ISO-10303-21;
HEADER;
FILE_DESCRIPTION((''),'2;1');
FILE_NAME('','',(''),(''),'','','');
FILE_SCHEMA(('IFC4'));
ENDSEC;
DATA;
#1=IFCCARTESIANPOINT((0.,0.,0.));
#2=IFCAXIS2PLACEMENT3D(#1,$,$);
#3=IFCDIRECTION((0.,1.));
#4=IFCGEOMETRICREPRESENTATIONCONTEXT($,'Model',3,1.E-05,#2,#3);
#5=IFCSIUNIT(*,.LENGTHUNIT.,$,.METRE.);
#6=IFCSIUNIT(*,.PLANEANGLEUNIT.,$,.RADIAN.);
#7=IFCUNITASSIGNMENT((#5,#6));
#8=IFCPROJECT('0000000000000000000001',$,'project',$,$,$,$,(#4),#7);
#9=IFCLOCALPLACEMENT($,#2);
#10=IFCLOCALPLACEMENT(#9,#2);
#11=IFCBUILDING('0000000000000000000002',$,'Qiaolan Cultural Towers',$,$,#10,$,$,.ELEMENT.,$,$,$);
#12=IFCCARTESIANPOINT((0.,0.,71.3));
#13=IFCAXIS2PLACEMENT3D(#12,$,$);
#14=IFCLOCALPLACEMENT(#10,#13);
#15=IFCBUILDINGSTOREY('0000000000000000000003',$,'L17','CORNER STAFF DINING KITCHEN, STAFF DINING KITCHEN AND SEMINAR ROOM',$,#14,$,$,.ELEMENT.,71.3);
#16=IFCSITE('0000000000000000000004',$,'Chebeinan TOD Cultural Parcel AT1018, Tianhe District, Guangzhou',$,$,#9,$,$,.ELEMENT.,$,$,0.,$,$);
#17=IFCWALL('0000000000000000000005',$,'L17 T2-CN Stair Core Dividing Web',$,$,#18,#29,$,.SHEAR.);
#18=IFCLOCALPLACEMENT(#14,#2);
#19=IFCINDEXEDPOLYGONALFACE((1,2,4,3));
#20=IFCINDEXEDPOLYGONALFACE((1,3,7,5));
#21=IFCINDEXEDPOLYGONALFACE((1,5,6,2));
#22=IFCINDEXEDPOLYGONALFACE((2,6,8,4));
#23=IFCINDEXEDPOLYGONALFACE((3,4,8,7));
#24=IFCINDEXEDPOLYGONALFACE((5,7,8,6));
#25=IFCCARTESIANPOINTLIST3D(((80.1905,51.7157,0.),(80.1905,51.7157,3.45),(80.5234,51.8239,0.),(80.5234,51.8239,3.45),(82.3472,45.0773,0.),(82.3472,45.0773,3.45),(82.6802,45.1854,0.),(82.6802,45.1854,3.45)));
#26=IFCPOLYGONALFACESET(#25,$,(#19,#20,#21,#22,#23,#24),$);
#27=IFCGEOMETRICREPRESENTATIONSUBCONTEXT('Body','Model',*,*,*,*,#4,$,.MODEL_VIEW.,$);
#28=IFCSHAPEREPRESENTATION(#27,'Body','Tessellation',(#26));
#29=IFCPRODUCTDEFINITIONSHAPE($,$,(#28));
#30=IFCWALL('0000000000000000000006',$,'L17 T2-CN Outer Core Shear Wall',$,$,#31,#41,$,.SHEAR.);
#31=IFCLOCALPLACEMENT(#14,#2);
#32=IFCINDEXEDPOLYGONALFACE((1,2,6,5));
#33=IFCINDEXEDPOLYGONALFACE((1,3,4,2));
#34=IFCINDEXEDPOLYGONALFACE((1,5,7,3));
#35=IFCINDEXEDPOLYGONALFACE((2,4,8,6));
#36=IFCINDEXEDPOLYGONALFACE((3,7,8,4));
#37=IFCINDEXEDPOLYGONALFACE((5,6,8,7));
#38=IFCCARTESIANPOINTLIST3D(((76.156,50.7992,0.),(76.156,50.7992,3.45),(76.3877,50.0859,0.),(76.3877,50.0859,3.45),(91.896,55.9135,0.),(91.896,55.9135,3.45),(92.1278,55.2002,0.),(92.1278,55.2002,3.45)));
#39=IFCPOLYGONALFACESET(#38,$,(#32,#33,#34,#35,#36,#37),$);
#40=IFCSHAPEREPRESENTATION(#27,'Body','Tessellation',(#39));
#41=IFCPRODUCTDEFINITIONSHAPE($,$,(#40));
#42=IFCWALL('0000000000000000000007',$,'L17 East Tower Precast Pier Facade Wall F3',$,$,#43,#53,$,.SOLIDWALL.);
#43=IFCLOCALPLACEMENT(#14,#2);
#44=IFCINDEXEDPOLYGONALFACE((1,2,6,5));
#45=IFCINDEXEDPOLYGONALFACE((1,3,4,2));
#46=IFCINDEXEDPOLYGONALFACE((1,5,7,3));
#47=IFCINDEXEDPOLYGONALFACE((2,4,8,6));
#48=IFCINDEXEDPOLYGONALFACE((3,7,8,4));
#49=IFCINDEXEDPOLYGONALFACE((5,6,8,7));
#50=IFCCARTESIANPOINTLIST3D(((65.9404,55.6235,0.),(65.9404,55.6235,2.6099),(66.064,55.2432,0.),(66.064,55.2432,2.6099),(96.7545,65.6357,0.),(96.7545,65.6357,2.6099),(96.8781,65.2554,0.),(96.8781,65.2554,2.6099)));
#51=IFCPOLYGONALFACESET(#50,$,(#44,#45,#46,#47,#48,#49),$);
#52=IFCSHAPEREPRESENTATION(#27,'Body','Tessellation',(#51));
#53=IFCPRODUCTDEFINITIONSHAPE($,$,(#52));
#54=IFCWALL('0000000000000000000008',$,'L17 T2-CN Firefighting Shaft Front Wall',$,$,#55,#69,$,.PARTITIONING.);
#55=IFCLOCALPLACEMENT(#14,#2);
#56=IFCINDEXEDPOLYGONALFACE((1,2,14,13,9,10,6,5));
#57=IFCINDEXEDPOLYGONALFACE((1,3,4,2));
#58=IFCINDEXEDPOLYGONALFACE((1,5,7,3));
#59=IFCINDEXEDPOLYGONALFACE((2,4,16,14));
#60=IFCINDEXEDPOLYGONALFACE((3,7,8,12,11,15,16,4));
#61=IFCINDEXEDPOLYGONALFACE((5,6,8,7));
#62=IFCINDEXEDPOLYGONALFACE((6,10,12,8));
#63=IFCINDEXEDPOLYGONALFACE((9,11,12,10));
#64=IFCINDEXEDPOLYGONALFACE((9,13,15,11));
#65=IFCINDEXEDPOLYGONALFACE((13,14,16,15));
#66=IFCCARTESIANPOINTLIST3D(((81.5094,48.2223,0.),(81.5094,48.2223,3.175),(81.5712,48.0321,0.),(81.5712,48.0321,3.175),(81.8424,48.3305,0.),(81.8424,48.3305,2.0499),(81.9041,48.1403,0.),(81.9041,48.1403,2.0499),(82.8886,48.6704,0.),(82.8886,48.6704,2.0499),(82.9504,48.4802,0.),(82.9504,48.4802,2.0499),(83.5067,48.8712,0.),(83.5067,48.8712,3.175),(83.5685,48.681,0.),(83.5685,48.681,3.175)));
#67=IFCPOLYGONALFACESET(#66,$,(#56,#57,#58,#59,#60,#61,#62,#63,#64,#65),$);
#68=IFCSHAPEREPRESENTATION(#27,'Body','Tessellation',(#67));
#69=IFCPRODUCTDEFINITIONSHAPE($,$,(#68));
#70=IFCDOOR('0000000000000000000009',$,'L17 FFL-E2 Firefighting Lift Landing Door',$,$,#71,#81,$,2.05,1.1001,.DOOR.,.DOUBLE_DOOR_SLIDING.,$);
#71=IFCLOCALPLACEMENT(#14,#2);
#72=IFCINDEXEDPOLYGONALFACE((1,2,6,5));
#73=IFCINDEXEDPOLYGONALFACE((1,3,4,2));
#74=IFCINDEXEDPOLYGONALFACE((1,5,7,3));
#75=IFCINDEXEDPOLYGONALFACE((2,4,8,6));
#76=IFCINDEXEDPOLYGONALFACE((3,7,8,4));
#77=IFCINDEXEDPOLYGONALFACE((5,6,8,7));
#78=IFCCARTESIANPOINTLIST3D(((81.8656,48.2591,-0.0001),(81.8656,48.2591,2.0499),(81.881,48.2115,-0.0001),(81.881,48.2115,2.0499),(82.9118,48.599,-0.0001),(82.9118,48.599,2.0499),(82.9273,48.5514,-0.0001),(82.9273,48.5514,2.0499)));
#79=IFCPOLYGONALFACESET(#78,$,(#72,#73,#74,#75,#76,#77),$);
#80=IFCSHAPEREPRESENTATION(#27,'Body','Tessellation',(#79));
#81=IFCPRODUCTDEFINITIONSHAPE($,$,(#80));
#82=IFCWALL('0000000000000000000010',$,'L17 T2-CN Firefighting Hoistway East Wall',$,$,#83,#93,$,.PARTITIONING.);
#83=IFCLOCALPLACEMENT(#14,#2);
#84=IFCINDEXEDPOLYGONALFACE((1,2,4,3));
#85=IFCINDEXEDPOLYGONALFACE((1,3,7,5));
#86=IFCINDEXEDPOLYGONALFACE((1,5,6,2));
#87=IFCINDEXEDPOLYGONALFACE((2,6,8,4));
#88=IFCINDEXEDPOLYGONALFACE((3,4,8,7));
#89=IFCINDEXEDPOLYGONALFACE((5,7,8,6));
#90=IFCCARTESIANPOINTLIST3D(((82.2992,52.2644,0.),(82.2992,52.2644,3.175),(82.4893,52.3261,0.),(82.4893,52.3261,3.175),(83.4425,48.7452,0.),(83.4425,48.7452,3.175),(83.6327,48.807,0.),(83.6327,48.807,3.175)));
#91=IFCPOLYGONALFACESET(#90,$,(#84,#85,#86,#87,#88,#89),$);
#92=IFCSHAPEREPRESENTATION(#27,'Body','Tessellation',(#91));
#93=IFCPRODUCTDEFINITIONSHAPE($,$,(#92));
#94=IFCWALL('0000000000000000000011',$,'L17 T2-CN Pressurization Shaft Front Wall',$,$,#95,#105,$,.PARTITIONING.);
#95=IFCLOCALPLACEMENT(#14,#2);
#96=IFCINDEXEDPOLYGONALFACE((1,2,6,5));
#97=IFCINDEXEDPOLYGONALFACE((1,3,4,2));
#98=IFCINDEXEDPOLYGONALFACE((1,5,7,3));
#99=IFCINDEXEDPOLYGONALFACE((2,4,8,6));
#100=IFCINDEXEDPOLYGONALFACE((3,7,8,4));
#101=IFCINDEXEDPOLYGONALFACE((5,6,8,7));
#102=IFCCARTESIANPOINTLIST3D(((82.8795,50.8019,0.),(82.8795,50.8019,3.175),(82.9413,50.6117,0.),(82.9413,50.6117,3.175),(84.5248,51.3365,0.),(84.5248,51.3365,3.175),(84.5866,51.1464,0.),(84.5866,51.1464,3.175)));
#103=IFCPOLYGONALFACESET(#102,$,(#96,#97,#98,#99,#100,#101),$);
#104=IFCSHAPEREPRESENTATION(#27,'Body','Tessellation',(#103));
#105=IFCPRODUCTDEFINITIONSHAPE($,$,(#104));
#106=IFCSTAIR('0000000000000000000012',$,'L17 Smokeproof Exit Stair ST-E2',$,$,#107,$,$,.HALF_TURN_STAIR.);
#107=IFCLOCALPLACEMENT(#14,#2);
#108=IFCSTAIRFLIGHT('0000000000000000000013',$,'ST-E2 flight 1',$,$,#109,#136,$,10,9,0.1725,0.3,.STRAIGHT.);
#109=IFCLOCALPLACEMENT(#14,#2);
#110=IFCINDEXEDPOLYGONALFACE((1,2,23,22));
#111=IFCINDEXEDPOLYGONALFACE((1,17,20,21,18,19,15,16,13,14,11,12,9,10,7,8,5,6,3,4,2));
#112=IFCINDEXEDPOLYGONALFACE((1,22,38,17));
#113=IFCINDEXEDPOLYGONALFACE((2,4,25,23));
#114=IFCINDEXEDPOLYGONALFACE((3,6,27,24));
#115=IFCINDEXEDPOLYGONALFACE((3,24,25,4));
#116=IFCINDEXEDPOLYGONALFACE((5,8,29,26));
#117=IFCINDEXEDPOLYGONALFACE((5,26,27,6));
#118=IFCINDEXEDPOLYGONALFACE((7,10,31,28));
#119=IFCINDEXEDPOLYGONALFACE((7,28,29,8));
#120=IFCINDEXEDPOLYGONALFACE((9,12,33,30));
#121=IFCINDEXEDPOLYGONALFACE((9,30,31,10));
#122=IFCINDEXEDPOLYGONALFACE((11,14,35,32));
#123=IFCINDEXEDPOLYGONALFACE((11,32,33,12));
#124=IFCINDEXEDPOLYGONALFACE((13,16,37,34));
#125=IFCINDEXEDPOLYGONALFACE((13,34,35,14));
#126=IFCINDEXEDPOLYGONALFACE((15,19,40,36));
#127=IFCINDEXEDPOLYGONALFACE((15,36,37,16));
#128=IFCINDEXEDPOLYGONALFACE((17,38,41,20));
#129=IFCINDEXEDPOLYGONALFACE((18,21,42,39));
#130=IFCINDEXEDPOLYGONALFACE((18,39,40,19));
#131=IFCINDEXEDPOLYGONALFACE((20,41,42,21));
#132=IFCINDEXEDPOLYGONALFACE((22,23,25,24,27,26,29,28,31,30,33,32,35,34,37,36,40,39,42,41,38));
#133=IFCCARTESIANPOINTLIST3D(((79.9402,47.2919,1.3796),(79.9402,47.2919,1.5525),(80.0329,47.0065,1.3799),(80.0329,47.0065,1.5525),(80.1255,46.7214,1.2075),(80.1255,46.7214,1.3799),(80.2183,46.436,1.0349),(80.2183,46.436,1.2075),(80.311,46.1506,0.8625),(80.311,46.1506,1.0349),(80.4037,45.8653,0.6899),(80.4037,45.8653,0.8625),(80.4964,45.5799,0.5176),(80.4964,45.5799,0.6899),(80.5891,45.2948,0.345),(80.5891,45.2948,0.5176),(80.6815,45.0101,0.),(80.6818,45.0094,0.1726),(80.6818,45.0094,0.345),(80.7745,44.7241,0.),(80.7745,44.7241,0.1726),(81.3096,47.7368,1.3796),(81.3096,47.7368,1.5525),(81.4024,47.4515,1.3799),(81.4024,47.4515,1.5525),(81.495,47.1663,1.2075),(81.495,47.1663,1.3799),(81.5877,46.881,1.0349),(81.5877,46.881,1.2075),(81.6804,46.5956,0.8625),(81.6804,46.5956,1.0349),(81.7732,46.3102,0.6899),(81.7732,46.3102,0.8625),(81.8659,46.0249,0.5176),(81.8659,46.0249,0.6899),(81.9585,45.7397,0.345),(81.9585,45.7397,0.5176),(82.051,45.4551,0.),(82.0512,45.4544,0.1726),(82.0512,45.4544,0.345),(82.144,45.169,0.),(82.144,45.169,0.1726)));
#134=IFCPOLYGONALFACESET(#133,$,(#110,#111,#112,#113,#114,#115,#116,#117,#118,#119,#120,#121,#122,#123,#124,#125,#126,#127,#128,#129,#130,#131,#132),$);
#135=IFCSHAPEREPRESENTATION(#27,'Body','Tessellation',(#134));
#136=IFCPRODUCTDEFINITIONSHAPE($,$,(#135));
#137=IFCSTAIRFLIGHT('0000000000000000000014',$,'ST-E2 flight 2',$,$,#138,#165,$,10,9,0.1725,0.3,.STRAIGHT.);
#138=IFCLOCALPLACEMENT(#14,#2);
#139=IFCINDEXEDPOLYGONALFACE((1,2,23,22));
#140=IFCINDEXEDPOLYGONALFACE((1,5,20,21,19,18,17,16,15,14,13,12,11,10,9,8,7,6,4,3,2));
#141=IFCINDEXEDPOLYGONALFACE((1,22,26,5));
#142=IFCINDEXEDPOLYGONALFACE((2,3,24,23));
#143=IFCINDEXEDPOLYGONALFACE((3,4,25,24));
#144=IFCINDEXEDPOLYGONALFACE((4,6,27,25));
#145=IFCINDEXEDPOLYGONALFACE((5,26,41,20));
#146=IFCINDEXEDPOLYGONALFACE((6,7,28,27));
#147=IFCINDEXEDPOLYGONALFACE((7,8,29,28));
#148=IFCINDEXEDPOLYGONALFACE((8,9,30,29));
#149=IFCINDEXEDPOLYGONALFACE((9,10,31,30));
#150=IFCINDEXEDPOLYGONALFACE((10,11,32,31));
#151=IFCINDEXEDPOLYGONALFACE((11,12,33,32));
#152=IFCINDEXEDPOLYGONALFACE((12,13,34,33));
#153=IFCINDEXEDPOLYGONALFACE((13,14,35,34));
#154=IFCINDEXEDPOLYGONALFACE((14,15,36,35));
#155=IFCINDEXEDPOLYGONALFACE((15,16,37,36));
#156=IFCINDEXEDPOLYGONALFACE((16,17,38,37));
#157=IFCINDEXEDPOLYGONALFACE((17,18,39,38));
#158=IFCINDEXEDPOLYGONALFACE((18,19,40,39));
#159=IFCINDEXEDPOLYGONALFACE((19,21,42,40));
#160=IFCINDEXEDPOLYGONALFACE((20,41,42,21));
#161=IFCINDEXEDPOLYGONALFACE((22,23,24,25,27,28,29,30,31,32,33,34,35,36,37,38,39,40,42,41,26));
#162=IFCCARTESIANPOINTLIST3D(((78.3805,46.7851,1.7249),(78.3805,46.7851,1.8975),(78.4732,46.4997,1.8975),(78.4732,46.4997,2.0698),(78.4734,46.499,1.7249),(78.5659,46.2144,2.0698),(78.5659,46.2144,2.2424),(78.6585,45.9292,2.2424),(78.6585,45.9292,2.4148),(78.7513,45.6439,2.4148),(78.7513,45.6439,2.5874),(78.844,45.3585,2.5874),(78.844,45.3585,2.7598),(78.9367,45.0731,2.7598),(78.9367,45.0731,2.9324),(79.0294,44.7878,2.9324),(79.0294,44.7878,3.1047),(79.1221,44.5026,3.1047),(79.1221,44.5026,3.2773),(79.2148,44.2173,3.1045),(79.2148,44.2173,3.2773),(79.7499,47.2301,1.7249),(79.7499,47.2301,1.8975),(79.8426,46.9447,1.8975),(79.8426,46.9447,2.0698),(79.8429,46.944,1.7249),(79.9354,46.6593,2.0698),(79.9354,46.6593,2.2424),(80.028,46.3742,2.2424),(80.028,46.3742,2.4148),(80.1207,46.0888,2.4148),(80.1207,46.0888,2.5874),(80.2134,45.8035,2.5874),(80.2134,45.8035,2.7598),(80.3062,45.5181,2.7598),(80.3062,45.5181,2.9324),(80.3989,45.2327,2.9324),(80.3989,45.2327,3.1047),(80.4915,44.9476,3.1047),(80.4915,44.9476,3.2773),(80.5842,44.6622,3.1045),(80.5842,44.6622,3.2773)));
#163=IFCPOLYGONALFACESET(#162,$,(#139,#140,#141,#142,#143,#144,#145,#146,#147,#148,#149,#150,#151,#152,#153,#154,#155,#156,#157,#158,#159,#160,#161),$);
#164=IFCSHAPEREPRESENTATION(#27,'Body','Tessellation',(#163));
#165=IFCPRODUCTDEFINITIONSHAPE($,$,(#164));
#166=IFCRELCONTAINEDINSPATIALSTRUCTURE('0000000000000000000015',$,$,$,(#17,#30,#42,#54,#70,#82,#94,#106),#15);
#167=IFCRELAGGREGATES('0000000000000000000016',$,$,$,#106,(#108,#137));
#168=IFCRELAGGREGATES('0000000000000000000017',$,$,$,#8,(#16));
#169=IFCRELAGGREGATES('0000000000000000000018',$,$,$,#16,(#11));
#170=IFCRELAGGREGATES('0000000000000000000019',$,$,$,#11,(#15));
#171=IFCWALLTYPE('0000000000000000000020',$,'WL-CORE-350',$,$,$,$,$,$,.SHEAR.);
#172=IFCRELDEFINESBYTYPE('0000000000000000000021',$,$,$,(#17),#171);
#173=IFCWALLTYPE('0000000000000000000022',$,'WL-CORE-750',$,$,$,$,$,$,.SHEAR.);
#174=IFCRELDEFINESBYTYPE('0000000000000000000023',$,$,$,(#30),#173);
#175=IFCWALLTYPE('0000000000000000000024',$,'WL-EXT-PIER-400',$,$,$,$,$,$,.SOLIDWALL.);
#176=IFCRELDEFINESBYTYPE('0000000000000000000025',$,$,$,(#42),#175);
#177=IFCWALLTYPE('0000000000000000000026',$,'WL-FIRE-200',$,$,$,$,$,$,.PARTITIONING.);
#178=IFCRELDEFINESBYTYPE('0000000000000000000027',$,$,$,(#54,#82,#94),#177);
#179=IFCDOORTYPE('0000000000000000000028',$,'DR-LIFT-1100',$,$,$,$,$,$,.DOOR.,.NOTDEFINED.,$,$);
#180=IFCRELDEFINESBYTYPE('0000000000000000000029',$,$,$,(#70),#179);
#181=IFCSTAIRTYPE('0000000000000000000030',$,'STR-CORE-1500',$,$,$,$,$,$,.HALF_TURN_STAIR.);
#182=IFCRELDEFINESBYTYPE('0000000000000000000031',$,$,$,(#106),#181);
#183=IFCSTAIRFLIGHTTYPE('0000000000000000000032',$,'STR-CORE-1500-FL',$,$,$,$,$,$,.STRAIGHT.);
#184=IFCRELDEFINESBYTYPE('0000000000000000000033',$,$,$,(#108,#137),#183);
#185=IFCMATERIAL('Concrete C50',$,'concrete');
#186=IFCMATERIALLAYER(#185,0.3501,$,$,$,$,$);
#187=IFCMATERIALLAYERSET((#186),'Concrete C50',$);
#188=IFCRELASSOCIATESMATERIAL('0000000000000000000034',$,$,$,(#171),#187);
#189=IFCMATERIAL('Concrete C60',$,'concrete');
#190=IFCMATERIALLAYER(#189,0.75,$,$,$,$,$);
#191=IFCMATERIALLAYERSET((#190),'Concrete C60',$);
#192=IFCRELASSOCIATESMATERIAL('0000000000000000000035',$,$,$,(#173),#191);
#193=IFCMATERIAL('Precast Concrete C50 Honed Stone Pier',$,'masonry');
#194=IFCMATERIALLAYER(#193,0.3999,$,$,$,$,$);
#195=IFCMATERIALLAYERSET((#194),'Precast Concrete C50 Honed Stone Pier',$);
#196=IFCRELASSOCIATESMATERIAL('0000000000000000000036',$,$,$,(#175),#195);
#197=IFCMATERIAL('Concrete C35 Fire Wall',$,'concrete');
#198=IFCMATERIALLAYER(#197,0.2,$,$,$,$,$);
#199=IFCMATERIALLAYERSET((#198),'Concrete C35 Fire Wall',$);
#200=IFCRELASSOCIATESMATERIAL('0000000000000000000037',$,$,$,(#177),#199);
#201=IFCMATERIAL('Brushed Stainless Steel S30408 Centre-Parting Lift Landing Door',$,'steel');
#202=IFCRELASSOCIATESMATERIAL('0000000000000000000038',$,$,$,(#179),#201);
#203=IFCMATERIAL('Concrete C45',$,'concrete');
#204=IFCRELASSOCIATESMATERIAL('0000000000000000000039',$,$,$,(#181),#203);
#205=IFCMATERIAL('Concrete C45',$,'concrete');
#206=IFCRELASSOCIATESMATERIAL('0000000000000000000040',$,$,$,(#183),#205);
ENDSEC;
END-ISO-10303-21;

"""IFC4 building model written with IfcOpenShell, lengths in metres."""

from ifc_helpers import new_model, si_unit, direction, frame, frame_2d, origin, place, context, subcontext, project, spatial, polyline, rectangle, outline, extrude, material, layer, layer_set, type_object, element, fill, aggregate, save


model = new_model("IFC4")

# Units and contexts
model_context = context("Model", 3, precision=1e-05, world=origin(), true_north=direction((0.0, 1.0)))
body_context = subcontext(model_context, "Body", "Model", "MODEL_VIEW")
ifc_project = project(units=[si_unit("LENGTHUNIT", "METRE"), si_unit("PLANEANGLEUNIT", "RADIAN")], contexts=[model_context])

# Site, building, storey
site_placement = place(None, origin())
site = spatial("IfcSite", under=ifc_project, at=site_placement, Name="Chebeinan TOD Cultural Parcel AT1018, Tianhe District, Guangzhou", CompositionType="ELEMENT", RefElevation=0.0)
building_placement = place(site_placement, origin())
building = spatial("IfcBuilding", under=site, at=building_placement, Name="Qiaolan Cultural Towers", CompositionType="ELEMENT")
storey_placement = place(building_placement, frame((0.0, 0.0, 71.3)))
storey = spatial("IfcBuildingStorey", under=building, at=storey_placement, Name="L17", Description="CORNER STAFF DINING KITCHEN, STAFF DINING KITCHEN AND SEMINAR ROOM", CompositionType="ELEMENT", Elevation=71.3)

# Walls
ifc_material_1 = material(Name="Concrete C50", Category="concrete")
ifc_layer_1 = layer(ifc_material_1, 0.3501)
ifc_layer_set_1 = layer_set([ifc_layer_1], Name="Concrete C50")
wall_type_1 = type_object("IfcWallType", Name="WL-CORE-350", PredefinedType="SHEAR", material=ifc_layer_set_1)
wall_1_placement = place(storey_placement, frame((82.5137, 45.1313, 0.0), z_axis=(0.0, 0.0, 1.0), x_axis=(-0.308989, 0.951066, 0.0)))
element("IfcWall", 1, at=wall_1_placement, inside=storey, type_object=wall_type_1, Name="L17 T2-CN Stair Core Dividing Web", PredefinedType="SHEAR", context=body_context, shape_type="SweptSolid", body=[
    extrude(rectangle(XDim=6.98, YDim=0.3501, at=frame_2d((3.49, 0.0))), origin(), (0.0, 0.0, 1.0), 3.45),
])
ifc_material_2 = material(Name="Concrete C60", Category="concrete")
ifc_layer_2 = layer(ifc_material_2, 0.75)
ifc_layer_set_2 = layer_set([ifc_layer_2], Name="Concrete C60")
wall_type_2 = type_object("IfcWallType", Name="WL-CORE-750", PredefinedType="SHEAR", material=ifc_layer_set_2)
wall_2_placement = place(storey_placement, frame((76.272, 50.4426, 0.0), z_axis=(0.0, 0.0, 1.0), x_axis=(0.951056, 0.309018, 0.0)))
element("IfcWall", 2, at=wall_2_placement, inside=storey, type_object=wall_type_2, Name="L17 T2-CN Outer Core Shear Wall", PredefinedType="SHEAR", context=body_context, shape_type="SweptSolid", body=[
    extrude(rectangle(XDim=16.55, YDim=0.75, at=frame_2d((8.2749, 0.0))), origin(), (0.0, 0.0, 1.0), 3.45),
])
ifc_material_3 = material(Name="Precast Concrete C50 Honed Stone Pier", Category="masonry")
ifc_layer_3 = layer(ifc_material_3, 0.3999)
ifc_layer_set_3 = layer_set([ifc_layer_3], Name="Precast Concrete C50 Honed Stone Pier")
wall_type_3 = type_object("IfcWallType", Name="WL-EXT-PIER-400", PredefinedType="SOLIDWALL", material=ifc_layer_set_3)
wall_3_placement = place(storey_placement, frame((66.0022, 55.4333, 0.0), z_axis=(0.0, 0.0, 1.0), x_axis=(0.951056, 0.309019, 0.0)))
element("IfcWall", 3, at=wall_3_placement, inside=storey, type_object=wall_type_3, Name="L17 East Tower Precast Pier Facade Wall F3", PredefinedType="SOLIDWALL", context=body_context, shape_type="SweptSolid", body=[
    extrude(rectangle(XDim=32.3999, YDim=0.3999, at=frame_2d((16.2, 0.0))), origin(), (0.0, 0.0, 1.0), 2.6099),
])

# Wall, opening, door
ifc_material_4 = material(Name="Concrete C35 Fire Wall", Category="concrete")
ifc_layer_4 = layer(ifc_material_4, 0.2)
ifc_layer_set_4 = layer_set([ifc_layer_4], Name="Concrete C35 Fire Wall")
wall_type_4 = type_object("IfcWallType", Name="WL-FIRE-200", PredefinedType="PARTITIONING", material=ifc_layer_set_4)
wall_4_placement = place(storey_placement, frame((81.5403, 48.1272, 0.0), z_axis=(0.0, 0.0, 1.0), x_axis=(0.951062, 0.308999, 0.0)))
wall_4 = element("IfcWall", 4, at=wall_4_placement, inside=storey, type_object=wall_type_4, Name="L17 T2-CN Firefighting Shaft Front Wall", PredefinedType="PARTITIONING", context=body_context, shape_type="SweptSolid", body=[
    extrude(rectangle(XDim=2.1001, YDim=0.2, at=frame_2d((1.05, 0.0))), origin(), (0.0, 0.0, 1.0), 3.175),
])
opening_placement = place(wall_4_placement, frame((0.3501, 0.0, 0.0)))
opening = element("IfcOpeningElement", 5, at=opening_placement, cuts=wall_4, PredefinedType="OPENING", context=body_context, shape_type="SweptSolid", body=[
    extrude(rectangle(XDim=1.1001, YDim=2.05, at=frame_2d((0.55, 1.0249))), frame((0.0, 0.1099, 0.0), z_axis=(0.0, -1.0, 0.0), x_axis=(1.0, 0.0, 0.0)), (0.0, 0.0, 1.0), 0.22),
])
ifc_material_5 = material(Name="Brushed Stainless Steel S30408 Centre-Parting Lift Landing Door", Category="steel")
door_type = type_object("IfcDoorType", Name="DR-LIFT-1100", OperationType="NOTDEFINED", PredefinedType="DOOR", material=ifc_material_5)
door_placement = place(opening_placement, origin())
door = element("IfcDoor", 6, at=door_placement, inside=storey, type_object=door_type, Name="L17 FFL-E2 Firefighting Lift Landing Door", OperationType="DOUBLE_DOOR_SLIDING", OverallHeight=2.05, OverallWidth=1.1001, PredefinedType="DOOR", context=body_context, shape_type="SweptSolid", body=[
    extrude(rectangle(XDim=1.1001, YDim=2.05, at=frame_2d((0.55, 1.0249))), frame((0.0, 0.0249, 0.0), z_axis=(0.0, -1.0, 0.0), x_axis=(1.0, 0.0, 0.0)), (0.0, 0.0, 1.0), 0.05),
])
fill(opening, door)

# Walls
wall_5_placement = place(storey_placement, frame((83.5376, 48.7761, 0.0), z_axis=(0.0, 0.0, 1.0), x_axis=(-0.308994, 0.951064, 0.0)))
element("IfcWall", 7, at=wall_5_placement, inside=storey, type_object=wall_type_4, Name="L17 T2-CN Firefighting Hoistway East Wall", PredefinedType="PARTITIONING", context=body_context, shape_type="SweptSolid", body=[
    extrude(rectangle(XDim=3.7002, YDim=0.2, at=frame_2d((1.8501, 0.0))), origin(), (0.0, 0.0, 1.0), 3.175),
])
wall_6_placement = place(storey_placement, frame((82.9104, 50.7068, 0.0), z_axis=(0.0, 0.0, 1.0), x_axis=(0.951041, 0.309064, 0.0)))
element("IfcWall", 8, at=wall_6_placement, inside=storey, type_object=wall_type_4, Name="L17 T2-CN Pressurization Shaft Front Wall", PredefinedType="PARTITIONING", context=body_context, shape_type="SweptSolid", body=[
    extrude(rectangle(XDim=1.73, YDim=0.2, at=frame_2d((0.865, 0.0))), origin(), (0.0, 0.0, 1.0), 3.175),
])

# Stair, stair flights
ifc_material_6 = material(Name="Concrete C45", Category="concrete")
stair_type = type_object("IfcStairType", Name="STR-CORE-1500", PredefinedType="HALF_TURN_STAIR", material=ifc_material_6)
stair_placement = place(storey_placement, origin())
stair = element("IfcStair", 9, at=stair_placement, inside=storey, type_object=stair_type, Name="L17 Smokeproof Exit Stair ST-E2", PredefinedType="HALF_TURN_STAIR")
ifc_material_7 = material(Name="Concrete C45", Category="concrete")
stair_flight_type = type_object("IfcStairFlightType", Name="STR-CORE-1500-FL", PredefinedType="STRAIGHT", material=ifc_material_7)
stair_flight_1_placement = place(storey_placement, frame((81.4592, 44.9465, 0.0), z_axis=(0.0, 0.0, 1.0), x_axis=(-0.309017, 0.951057, 0.0)))
stair_flight_1 = element("IfcStairFlight", 10, at=stair_flight_1_placement, type_object=stair_flight_type, Name="ST-E2 flight 1", NumberOfRisers=10, NumberOfTreads=9, PredefinedType="STRAIGHT", RiserHeight=0.1725, TreadLength=0.3, context=body_context, shape_type="SweptSolid", body=[
    extrude(outline(polyline([(0.0, 0.0), (0.0, 0.1726), (0.3, 0.1726), (0.3, 0.345), (0.6001, 0.345), (0.6001, 0.5176), (0.8999, 0.5176), (0.8999, 0.6899), (1.2, 0.6899), (1.2, 0.8625), (1.5, 0.8625), (1.5, 1.0349), (1.8, 1.0349), (1.8, 1.2075), (2.1001, 1.2075), (2.1001, 1.3799), (2.3999, 1.3799), (2.3999, 1.5525), (2.7, 1.5525), (2.7, 1.7251), (2.7, 1.3796), (0.3008, 0.0), (0.0, 0.0)])), frame((0.0, 0.72, 0.0), z_axis=(0.0, -1.0, 0.0), x_axis=(1.0, 0.0, 0.0)), (0.0, 0.0, 1.0), 1.4399),
])
stair_flight_2_placement = place(storey_placement, frame((79.0652, 47.0076, 1.7249), z_axis=(0.0, 0.0, 1.0), x_axis=(0.309017, -0.951057, 0.0)))
stair_flight_2 = element("IfcStairFlight", 11, at=stair_flight_2_placement, type_object=stair_flight_type, Name="ST-E2 flight 2", NumberOfRisers=10, NumberOfTreads=9, PredefinedType="STRAIGHT", RiserHeight=0.1725, TreadLength=0.3, context=body_context, shape_type="SweptSolid", body=[
    extrude(outline(polyline([(0.0, 0.0), (0.0, 0.1726), (0.3, 0.1726), (0.3, 0.345), (0.6001, 0.345), (0.6001, 0.5176), (0.8999, 0.5176), (0.8999, 0.6899), (1.2, 0.6899), (1.2, 0.8625), (1.5, 0.8625), (1.5, 1.0349), (1.8, 1.0349), (1.8, 1.2075), (2.1001, 1.2075), (2.1001, 1.3799), (2.3999, 1.3799), (2.3999, 1.5525), (2.7, 1.5525), (2.7, 1.7251), (2.7, 1.3796), (0.3008, 0.0), (0.0, 0.0)])), frame((0.0, 0.72, 0.0), z_axis=(0.0, -1.0, 0.0), x_axis=(1.0, 0.0, 0.0)), (0.0, 0.0, 1.0), 1.4399),
])
aggregate(stair, [stair_flight_1, stair_flight_2])

save(model, "model.ifc")
